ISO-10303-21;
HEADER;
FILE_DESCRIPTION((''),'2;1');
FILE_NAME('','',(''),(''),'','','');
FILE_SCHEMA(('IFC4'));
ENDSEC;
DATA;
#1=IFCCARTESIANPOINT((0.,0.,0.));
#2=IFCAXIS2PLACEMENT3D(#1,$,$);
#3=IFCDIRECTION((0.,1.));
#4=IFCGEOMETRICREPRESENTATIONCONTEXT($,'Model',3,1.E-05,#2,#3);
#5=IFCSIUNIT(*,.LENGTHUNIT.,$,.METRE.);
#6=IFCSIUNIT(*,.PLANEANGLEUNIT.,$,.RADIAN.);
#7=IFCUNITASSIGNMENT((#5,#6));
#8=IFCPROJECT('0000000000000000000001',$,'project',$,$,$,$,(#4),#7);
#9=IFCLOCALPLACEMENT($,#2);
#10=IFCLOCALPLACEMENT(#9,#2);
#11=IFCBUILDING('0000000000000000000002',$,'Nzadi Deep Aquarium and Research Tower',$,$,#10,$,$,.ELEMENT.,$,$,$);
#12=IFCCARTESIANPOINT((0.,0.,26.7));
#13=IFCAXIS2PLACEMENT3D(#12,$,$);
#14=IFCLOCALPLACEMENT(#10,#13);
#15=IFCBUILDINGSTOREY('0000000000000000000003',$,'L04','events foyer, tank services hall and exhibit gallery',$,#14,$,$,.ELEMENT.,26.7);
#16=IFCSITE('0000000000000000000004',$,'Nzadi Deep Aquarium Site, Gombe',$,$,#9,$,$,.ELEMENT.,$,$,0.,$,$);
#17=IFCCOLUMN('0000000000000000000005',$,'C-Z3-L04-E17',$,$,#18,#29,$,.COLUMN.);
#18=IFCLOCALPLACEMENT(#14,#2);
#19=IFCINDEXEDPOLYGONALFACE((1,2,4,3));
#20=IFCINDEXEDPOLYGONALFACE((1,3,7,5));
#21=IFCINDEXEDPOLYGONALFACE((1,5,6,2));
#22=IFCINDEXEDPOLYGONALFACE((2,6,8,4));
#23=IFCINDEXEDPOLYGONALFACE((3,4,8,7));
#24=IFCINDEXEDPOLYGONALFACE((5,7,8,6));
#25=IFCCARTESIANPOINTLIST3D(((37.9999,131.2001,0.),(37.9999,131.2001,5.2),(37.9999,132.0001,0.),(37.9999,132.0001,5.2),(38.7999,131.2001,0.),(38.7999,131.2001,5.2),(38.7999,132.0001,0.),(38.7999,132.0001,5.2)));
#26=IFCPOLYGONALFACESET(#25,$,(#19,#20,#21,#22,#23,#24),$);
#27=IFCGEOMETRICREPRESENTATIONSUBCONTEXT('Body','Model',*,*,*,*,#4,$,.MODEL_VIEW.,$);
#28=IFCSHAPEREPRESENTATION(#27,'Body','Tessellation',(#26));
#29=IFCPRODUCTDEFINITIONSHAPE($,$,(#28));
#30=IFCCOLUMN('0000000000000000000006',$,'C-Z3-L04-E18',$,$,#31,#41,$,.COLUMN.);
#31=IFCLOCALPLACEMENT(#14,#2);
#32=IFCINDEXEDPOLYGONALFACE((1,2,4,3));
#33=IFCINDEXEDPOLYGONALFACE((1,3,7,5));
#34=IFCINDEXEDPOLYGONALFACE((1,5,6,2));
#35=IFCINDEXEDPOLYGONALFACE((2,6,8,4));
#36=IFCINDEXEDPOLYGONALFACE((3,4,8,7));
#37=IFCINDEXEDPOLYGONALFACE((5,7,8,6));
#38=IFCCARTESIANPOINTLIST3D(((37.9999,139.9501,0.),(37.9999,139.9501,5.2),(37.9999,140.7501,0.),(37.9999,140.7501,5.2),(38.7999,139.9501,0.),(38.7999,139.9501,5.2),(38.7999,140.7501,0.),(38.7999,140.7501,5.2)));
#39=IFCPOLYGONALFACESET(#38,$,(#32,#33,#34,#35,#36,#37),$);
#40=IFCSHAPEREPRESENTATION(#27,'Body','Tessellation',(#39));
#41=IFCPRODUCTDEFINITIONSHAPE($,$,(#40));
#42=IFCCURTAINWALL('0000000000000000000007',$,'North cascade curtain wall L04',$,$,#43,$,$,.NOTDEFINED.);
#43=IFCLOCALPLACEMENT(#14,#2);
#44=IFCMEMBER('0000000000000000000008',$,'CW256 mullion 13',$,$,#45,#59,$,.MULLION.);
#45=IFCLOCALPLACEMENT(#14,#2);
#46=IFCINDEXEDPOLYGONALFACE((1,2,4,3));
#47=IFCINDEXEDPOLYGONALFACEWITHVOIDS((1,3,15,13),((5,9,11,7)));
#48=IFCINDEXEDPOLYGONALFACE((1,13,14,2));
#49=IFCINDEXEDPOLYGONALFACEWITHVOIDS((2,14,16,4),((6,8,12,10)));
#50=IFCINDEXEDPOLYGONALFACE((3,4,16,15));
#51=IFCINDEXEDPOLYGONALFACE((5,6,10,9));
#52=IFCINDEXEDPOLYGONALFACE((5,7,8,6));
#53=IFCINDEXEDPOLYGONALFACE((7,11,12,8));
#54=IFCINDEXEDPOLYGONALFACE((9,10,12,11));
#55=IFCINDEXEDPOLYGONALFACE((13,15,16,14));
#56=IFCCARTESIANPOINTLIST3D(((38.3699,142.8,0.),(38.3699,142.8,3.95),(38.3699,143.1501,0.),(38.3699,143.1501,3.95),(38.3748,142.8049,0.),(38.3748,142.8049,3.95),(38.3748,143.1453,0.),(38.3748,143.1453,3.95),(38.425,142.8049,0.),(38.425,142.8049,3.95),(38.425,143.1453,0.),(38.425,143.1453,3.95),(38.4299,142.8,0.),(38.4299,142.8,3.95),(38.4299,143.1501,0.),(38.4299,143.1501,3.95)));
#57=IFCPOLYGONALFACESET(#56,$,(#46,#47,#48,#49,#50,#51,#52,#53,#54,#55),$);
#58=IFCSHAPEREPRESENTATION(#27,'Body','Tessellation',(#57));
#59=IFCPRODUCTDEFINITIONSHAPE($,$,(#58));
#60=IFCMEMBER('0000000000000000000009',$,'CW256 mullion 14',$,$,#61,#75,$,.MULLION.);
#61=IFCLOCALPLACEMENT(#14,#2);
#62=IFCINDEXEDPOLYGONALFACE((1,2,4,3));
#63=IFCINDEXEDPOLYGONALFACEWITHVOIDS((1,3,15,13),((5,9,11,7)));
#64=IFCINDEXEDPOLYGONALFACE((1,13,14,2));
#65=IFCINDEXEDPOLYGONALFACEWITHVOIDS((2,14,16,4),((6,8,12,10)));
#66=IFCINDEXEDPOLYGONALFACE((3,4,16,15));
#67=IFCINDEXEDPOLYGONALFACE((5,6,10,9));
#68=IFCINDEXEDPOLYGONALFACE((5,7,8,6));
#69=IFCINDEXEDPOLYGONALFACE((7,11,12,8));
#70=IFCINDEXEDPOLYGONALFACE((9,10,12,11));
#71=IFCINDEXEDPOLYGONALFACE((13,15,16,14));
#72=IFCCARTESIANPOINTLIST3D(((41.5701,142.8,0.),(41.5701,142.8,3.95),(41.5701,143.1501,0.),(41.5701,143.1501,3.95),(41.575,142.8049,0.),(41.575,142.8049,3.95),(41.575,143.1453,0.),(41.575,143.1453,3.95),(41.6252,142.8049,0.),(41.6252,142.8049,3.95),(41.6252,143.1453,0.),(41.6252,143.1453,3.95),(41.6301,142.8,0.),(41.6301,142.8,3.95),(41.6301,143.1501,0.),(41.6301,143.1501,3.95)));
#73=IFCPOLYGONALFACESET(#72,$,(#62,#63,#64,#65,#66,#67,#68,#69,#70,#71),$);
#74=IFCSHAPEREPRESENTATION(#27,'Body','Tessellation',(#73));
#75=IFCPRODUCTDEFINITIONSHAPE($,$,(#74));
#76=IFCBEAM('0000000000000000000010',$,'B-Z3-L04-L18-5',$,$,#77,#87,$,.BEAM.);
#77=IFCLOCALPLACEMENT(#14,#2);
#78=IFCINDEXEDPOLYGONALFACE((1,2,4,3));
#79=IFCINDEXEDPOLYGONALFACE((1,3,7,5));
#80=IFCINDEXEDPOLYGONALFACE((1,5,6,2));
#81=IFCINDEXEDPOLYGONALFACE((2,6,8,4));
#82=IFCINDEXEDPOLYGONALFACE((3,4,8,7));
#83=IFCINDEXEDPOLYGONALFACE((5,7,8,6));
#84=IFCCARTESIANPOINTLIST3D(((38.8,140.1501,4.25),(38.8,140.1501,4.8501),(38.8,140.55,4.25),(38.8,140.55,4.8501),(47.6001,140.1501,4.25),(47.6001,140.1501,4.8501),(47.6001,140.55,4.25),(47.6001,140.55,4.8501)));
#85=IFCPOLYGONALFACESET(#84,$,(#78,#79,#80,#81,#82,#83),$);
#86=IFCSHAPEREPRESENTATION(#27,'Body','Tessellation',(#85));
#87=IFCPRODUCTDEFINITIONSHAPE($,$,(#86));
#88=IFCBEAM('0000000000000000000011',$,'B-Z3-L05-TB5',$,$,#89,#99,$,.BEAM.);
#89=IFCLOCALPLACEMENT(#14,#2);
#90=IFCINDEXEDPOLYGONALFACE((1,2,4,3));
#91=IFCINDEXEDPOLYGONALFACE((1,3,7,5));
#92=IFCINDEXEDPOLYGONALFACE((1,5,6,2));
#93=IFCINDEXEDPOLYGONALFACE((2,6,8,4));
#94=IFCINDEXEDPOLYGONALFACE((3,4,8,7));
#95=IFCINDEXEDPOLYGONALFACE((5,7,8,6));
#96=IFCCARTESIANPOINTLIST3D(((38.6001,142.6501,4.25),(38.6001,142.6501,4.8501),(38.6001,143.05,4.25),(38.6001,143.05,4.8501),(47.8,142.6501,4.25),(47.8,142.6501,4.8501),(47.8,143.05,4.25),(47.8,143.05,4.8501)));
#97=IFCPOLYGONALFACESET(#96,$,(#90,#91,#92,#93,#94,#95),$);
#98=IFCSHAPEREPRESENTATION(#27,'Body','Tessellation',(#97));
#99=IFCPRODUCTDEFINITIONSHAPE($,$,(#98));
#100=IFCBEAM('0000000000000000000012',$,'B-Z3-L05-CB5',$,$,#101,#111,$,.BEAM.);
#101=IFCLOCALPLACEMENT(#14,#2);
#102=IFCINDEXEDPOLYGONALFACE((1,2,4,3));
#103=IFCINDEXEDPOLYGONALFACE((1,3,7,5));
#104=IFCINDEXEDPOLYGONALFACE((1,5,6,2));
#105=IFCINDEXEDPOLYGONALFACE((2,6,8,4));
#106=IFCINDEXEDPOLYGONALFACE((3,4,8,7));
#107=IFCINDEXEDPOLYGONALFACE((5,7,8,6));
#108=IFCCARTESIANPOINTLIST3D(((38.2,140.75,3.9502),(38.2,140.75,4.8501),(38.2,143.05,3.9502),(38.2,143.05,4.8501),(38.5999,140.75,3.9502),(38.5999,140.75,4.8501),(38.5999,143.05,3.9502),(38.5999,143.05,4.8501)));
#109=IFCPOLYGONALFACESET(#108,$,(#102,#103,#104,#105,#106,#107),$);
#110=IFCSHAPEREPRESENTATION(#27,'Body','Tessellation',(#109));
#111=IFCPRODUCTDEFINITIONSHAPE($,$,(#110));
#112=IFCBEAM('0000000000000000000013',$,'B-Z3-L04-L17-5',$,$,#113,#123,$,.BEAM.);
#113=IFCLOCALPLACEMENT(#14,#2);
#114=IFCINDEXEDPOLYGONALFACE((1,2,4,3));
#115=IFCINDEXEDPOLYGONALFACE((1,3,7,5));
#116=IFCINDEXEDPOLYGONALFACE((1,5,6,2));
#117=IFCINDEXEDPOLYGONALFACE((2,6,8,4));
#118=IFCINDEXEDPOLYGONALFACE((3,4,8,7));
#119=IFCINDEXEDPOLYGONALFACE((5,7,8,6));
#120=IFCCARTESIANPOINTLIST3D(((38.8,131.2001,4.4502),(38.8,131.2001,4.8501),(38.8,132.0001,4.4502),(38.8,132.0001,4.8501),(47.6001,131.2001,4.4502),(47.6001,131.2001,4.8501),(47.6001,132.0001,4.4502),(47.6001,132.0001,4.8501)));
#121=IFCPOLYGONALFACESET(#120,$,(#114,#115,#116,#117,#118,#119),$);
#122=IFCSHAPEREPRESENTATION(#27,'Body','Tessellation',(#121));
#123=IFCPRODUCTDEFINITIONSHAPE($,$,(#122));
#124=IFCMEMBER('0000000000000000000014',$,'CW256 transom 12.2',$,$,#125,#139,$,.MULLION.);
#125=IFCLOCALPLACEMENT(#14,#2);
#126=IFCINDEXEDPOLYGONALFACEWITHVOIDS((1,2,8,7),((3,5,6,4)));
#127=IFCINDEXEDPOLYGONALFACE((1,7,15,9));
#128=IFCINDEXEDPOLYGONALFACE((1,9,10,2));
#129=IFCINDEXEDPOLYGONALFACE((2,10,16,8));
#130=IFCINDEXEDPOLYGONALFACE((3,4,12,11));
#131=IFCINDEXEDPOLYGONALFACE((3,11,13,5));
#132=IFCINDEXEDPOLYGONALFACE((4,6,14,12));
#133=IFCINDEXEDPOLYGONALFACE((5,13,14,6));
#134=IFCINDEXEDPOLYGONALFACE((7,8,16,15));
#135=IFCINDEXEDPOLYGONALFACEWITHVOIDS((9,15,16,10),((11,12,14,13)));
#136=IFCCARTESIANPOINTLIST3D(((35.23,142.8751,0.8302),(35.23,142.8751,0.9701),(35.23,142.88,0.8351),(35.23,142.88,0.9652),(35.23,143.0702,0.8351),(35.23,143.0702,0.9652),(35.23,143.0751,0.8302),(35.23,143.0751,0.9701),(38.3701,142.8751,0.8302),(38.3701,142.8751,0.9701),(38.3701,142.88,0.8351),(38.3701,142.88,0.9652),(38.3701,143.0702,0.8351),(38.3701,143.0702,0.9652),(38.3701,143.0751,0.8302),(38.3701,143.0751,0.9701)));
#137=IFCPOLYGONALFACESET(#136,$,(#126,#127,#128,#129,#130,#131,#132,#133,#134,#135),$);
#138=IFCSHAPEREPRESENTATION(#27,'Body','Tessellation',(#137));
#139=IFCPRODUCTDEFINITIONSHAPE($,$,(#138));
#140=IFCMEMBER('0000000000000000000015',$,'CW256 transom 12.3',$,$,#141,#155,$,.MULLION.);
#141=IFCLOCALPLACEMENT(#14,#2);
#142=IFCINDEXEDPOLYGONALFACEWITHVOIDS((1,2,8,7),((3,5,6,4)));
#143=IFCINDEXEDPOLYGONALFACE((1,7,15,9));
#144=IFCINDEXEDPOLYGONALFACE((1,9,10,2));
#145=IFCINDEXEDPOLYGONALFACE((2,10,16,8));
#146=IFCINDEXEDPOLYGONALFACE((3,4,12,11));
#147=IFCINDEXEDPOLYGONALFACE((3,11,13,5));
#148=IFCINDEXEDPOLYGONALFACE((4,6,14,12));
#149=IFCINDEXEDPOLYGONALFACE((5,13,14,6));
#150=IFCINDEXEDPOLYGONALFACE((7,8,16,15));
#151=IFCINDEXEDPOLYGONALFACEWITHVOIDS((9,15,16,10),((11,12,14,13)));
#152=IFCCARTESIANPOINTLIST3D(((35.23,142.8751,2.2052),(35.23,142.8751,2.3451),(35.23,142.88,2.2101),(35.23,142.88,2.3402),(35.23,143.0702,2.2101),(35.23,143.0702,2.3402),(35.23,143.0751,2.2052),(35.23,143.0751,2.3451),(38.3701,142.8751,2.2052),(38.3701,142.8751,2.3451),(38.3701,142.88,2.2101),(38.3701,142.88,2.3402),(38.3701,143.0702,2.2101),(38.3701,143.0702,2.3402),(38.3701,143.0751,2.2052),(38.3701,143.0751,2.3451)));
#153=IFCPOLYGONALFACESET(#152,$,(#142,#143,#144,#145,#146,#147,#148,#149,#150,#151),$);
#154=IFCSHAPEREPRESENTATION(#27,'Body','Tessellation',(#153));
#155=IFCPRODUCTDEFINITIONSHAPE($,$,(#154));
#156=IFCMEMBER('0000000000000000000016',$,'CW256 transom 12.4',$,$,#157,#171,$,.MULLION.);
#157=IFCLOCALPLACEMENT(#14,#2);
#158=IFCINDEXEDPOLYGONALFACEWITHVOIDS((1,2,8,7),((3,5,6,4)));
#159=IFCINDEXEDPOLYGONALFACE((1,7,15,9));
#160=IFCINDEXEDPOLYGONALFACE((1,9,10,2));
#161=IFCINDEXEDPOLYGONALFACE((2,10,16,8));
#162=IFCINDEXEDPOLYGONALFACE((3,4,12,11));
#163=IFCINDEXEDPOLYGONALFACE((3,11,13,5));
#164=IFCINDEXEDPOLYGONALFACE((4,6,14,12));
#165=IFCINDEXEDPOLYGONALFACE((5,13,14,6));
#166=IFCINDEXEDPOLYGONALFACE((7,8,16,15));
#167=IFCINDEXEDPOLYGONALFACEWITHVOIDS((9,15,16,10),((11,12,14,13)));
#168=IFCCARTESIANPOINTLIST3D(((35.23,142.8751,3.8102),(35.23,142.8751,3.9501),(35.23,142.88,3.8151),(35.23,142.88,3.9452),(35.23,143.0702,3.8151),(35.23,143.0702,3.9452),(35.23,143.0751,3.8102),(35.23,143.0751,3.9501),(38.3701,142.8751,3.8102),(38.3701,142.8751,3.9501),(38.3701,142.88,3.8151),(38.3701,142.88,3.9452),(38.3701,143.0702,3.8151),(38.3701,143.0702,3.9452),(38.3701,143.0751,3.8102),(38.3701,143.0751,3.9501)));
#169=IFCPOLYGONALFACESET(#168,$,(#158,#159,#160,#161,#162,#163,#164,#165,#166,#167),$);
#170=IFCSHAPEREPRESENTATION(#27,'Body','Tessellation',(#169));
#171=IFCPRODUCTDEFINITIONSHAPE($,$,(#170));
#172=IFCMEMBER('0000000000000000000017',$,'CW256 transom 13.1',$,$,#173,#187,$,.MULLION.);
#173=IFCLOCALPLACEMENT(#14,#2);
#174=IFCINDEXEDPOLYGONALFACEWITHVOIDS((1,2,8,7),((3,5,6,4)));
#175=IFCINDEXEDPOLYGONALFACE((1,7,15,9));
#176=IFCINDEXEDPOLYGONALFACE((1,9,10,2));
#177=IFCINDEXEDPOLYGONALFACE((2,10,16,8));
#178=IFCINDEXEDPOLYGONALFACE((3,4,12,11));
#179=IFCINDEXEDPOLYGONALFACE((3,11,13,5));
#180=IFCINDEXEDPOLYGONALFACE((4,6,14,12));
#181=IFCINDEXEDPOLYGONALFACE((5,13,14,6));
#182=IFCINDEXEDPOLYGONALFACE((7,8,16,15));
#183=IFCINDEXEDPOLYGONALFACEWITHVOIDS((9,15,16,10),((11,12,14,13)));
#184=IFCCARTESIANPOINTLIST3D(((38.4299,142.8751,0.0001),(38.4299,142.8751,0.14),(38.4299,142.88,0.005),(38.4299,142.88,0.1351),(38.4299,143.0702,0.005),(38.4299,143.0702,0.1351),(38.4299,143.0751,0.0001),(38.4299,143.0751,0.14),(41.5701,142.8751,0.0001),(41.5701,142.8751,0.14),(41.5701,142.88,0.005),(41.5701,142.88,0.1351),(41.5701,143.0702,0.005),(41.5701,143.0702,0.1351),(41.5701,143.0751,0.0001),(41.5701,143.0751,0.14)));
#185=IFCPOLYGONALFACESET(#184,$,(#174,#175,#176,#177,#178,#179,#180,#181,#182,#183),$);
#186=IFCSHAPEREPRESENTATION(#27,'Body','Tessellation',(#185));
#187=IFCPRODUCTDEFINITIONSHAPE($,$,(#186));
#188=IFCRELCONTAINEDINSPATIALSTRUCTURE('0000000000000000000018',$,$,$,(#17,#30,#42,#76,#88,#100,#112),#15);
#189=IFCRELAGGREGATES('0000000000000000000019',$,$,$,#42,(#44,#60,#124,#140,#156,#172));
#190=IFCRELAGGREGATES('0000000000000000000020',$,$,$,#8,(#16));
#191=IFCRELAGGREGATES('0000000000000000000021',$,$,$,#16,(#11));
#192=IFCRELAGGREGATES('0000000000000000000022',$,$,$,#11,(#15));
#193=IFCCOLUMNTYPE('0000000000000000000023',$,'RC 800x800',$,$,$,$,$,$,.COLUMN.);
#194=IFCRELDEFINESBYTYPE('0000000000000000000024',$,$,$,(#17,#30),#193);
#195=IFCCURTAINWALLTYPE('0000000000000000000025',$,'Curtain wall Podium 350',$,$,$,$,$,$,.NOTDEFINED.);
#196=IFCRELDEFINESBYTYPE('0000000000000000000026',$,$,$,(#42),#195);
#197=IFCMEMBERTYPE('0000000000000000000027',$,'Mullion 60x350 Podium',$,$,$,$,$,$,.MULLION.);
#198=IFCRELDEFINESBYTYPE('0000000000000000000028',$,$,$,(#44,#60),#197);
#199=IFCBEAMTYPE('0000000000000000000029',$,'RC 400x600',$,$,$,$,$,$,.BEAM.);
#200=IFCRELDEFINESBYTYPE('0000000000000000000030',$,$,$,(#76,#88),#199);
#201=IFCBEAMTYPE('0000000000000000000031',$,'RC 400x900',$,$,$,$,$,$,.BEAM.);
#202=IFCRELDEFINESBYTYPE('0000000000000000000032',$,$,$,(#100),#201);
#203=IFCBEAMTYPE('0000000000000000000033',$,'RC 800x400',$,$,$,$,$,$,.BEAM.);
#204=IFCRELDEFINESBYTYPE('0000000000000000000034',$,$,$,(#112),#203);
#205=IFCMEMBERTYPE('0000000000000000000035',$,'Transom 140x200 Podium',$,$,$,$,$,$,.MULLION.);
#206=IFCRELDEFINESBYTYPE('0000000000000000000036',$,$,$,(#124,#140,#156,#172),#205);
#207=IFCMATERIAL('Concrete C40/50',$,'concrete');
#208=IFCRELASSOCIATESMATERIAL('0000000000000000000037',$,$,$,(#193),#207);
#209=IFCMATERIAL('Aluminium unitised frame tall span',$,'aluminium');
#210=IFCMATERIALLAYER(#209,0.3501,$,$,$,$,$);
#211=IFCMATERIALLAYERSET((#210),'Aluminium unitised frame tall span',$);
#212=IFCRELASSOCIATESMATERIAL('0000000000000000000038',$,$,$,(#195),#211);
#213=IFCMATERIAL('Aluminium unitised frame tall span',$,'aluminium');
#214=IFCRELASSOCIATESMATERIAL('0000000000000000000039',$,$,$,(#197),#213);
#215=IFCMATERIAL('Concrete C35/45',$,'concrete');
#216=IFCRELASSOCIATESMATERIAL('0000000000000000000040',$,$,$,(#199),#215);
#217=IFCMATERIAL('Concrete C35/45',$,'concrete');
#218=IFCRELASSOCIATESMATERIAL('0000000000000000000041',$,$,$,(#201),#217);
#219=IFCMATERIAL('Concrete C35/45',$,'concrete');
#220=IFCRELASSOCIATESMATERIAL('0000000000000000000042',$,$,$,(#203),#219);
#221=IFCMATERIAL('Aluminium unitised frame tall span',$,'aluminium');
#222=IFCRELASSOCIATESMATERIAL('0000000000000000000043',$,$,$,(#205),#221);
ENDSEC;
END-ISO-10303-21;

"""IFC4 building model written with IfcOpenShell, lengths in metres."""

from ifc_helpers import new_model, si_unit, direction, frame, origin, origin_2d, place, context, subcontext, project, spatial, rectangle, hollow_rectangle, extrude, material, layer, layer_set, material_profile, profile_set, type_object, element, aggregate, save


model = new_model("IFC4")

# Units and contexts
model_context = context("Model", 3, precision=1e-05, world=origin(), true_north=direction((0.0, 1.0)))
body_context = subcontext(model_context, "Body", "Model", "MODEL_VIEW")
ifc_project = project(units=[si_unit("LENGTHUNIT", "METRE"), si_unit("PLANEANGLEUNIT", "RADIAN")], contexts=[model_context])

# Site, building, storey
site_placement = place(None, origin())
site = spatial("IfcSite", under=ifc_project, at=site_placement, Name="Nzadi Deep Aquarium Site, Gombe", CompositionType="ELEMENT", RefElevation=0.0)
building_placement = place(site_placement, origin())
building = spatial("IfcBuilding", under=site, at=building_placement, Name="Nzadi Deep Aquarium and Research Tower", CompositionType="ELEMENT")
storey_placement = place(building_placement, frame((0.0, 0.0, 26.7)))
storey = spatial("IfcBuildingStorey", under=building, at=storey_placement, Name="L04", Description="events foyer, tank services hall and exhibit gallery", CompositionType="ELEMENT", Elevation=26.7)

# Columns
ifc_material_1 = material(Name="Concrete C40/50", Category="concrete")
ifc_material_profile_1 = material_profile(ifc_material_1, rectangle(XDim=0.8, YDim=0.8, at=origin_2d()))
ifc_profile_set_1 = profile_set([ifc_material_profile_1], Name="Concrete C40/50")
column_type = type_object("IfcColumnType", Name="RC 800x800", PredefinedType="COLUMN", material=ifc_profile_set_1)
for number, where, z_axis, x_axis, name in (
    (1, (38.3999, 131.6001, 0.0), (0.0, 0.0, 1.0), (1.0, 0.0, 0.0), "C-Z3-L04-E17"),
    (2, (38.3999, 140.3501, 0.0), (0.0, 0.0, 1.0), (1.0, 0.0, 0.0), "C-Z3-L04-E18"),
):
    element("IfcColumn", number, at=place(storey_placement, frame(where, z_axis=z_axis, x_axis=x_axis)), inside=storey, type_object=column_type, Name=name, PredefinedType="COLUMN", context=body_context, shape_type="SweptSolid", body=[
        extrude(rectangle(XDim=0.8, YDim=0.8, at=origin_2d()), origin(), (0.0, 0.0, 1.0), 5.2),
    ])

# Curtain wall, members
ifc_material_2 = material(Name="Aluminium unitised frame tall span", Category="aluminium")
ifc_layer_1 = layer(ifc_material_2, 0.3501)
ifc_layer_set_1 = layer_set([ifc_layer_1], Name="Aluminium unitised frame tall span")
curtain_wall_type = type_object("IfcCurtainWallType", Name="Curtain wall Podium 350", PredefinedType="NOTDEFINED", material=ifc_layer_set_1)
curtain_wall_placement = place(storey_placement, origin())
curtain_wall = element("IfcCurtainWall", 3, at=curtain_wall_placement, inside=storey, type_object=curtain_wall_type, Name="North cascade curtain wall L04", PredefinedType="NOTDEFINED")
ifc_material_3 = material(Name="Aluminium unitised frame tall span", Category="aluminium")
ifc_material_profile_2 = material_profile(ifc_material_3, hollow_rectangle(XDim=0.3501, YDim=0.0601, WallThickness=0.0049, at=origin_2d()))
ifc_profile_set_2 = profile_set([ifc_material_profile_2], Name="Aluminium unitised frame tall span")
member_type_1 = type_object("IfcMemberType", Name="Mullion 60x350 Podium", PredefinedType="MULLION", material=ifc_profile_set_2)
member_1_placement = place(storey_placement, frame((38.3999, 142.9751, 0.0), z_axis=(0.0, 0.0, 1.0), x_axis=(0.0, 1.0, 0.0)))
member_1 = element("IfcMember", 4, at=member_1_placement, type_object=member_type_1, Name="CW256 mullion 13", PredefinedType="MULLION", context=body_context, shape_type="SweptSolid", body=[
    extrude(hollow_rectangle(XDim=0.3501, YDim=0.0601, WallThickness=0.0049, at=origin_2d()), origin(), (0.0, 0.0, 1.0), 3.95),
])
member_2_placement = place(storey_placement, frame((41.6001, 142.9751, 0.0), z_axis=(0.0, 0.0, 1.0), x_axis=(0.0, 1.0, 0.0)))
member_2 = element("IfcMember", 5, at=member_2_placement, type_object=member_type_1, Name="CW256 mullion 14", PredefinedType="MULLION", context=body_context, shape_type="SweptSolid", body=[
    extrude(hollow_rectangle(XDim=0.3501, YDim=0.0601, WallThickness=0.0049, at=origin_2d()), origin(), (0.0, 0.0, 1.0), 3.95),
])

# Beams
ifc_material_4 = material(Name="Concrete C35/45", Category="concrete")
ifc_material_profile_3 = material_profile(ifc_material_4, rectangle(XDim=0.3999, YDim=0.6001, at=origin_2d()))
ifc_profile_set_3 = profile_set([ifc_material_profile_3], Name="Concrete C35/45")
beam_type_1 = type_object("IfcBeamType", Name="RC 400x600", PredefinedType="BEAM", material=ifc_profile_set_3)
beam_1_placement = place(storey_placement, frame((38.8, 140.3501, 4.55), z_axis=(1.0, 0.0, 0.0), x_axis=(0.0, 1.0, 0.0)))
element("IfcBeam", 6, at=beam_1_placement, inside=storey, type_object=beam_type_1, Name="B-Z3-L04-L18-5", PredefinedType="BEAM", context=body_context, shape_type="SweptSolid", body=[
    extrude(rectangle(XDim=0.3999, YDim=0.6001, at=origin_2d()), origin(), (0.0, 0.0, 1.0), 8.8),
])
beam_2_placement = place(storey_placement, frame((38.6001, 142.8501, 4.55), z_axis=(1.0, 0.0, 0.0), x_axis=(0.0, 1.0, 0.0)))
element("IfcBeam", 7, at=beam_2_placement, inside=storey, type_object=beam_type_1, Name="B-Z3-L05-TB5", PredefinedType="BEAM", context=body_context, shape_type="SweptSolid", body=[
    extrude(rectangle(XDim=0.3999, YDim=0.6001, at=origin_2d()), origin(), (0.0, 0.0, 1.0), 9.2),
])
ifc_material_5 = material(Name="Concrete C35/45", Category="concrete")
ifc_material_profile_4 = material_profile(ifc_material_5, rectangle(XDim=0.3999, YDim=0.8999, at=origin_2d()))
ifc_profile_set_4 = profile_set([ifc_material_profile_4], Name="Concrete C35/45")
beam_type_2 = type_object("IfcBeamType", Name="RC 400x900", PredefinedType="BEAM", material=ifc_profile_set_4)
beam_3_placement = place(storey_placement, frame((38.3999, 140.75, 4.4001), z_axis=(0.0, 1.0, 0.0), x_axis=(-1.0, 0.0, 0.0)))
element("IfcBeam", 8, at=beam_3_placement, inside=storey, type_object=beam_type_2, Name="B-Z3-L05-CB5", PredefinedType="BEAM", context=body_context, shape_type="SweptSolid", body=[
    extrude(rectangle(XDim=0.3999, YDim=0.8999, at=origin_2d()), origin(), (0.0, 0.0, 1.0), 2.3),
])
ifc_material_6 = material(Name="Concrete C35/45", Category="concrete")
ifc_material_profile_5 = material_profile(ifc_material_6, rectangle(XDim=0.8, YDim=0.3999, at=origin_2d()))
ifc_profile_set_5 = profile_set([ifc_material_profile_5], Name="Concrete C35/45")
beam_type_3 = type_object("IfcBeamType", Name="RC 800x400", PredefinedType="BEAM", material=ifc_profile_set_5)
beam_4_placement = place(storey_placement, frame((38.8, 131.6001, 4.6501), z_axis=(1.0, 0.0, 0.0), x_axis=(0.0, 1.0, 0.0)))
element("IfcBeam", 9, at=beam_4_placement, inside=storey, type_object=beam_type_3, Name="B-Z3-L04-L17-5", PredefinedType="BEAM", context=body_context, shape_type="SweptSolid", body=[
    extrude(rectangle(XDim=0.8, YDim=0.3999, at=origin_2d()), origin(), (0.0, 0.0, 1.0), 8.8),
])

# Members
ifc_material_7 = material(Name="Aluminium unitised frame tall span", Category="aluminium")
ifc_material_profile_6 = material_profile(ifc_material_7, hollow_rectangle(XDim=0.2, YDim=0.1399, WallThickness=0.0049, at=origin_2d()))
ifc_profile_set_6 = profile_set([ifc_material_profile_6], Name="Aluminium unitised frame tall span")
member_type_2 = type_object("IfcMemberType", Name="Transom 140x200 Podium", PredefinedType="MULLION", material=ifc_profile_set_6)
member_3_placement = place(storey_placement, frame((35.23, 142.9751, 0.9001), z_axis=(1.0, 0.0, 0.0), x_axis=(0.0, 1.0, 0.0)))
member_3 = element("IfcMember", 10, at=member_3_placement, type_object=member_type_2, Name="CW256 transom 12.2", PredefinedType="MULLION", context=body_context, shape_type="SweptSolid", body=[
    extrude(hollow_rectangle(XDim=0.2, YDim=0.1399, WallThickness=0.0049, at=origin_2d()), origin(), (0.0, 0.0, 1.0), 3.1401),
])
member_4_placement = place(storey_placement, frame((35.23, 142.9751, 2.2751), z_axis=(1.0, 0.0, 0.0), x_axis=(0.0, 1.0, 0.0)))
member_4 = element("IfcMember", 11, at=member_4_placement, type_object=member_type_2, Name="CW256 transom 12.3", PredefinedType="MULLION", context=body_context, shape_type="SweptSolid", body=[
    extrude(hollow_rectangle(XDim=0.2, YDim=0.1399, WallThickness=0.0049, at=origin_2d()), origin(), (0.0, 0.0, 1.0), 3.1401),
])
member_5_placement = place(storey_placement, frame((35.23, 142.9751, 3.8801), z_axis=(1.0, 0.0, 0.0), x_axis=(0.0, 1.0, 0.0)))
member_5 = element("IfcMember", 12, at=member_5_placement, type_object=member_type_2, Name="CW256 transom 12.4", PredefinedType="MULLION", context=body_context, shape_type="SweptSolid", body=[
    extrude(hollow_rectangle(XDim=0.2, YDim=0.1399, WallThickness=0.0049, at=origin_2d()), origin(), (0.0, 0.0, 1.0), 3.1401),
])
member_6_placement = place(storey_placement, frame((38.4299, 142.9751, 0.0701), z_axis=(1.0, 0.0, 0.0), x_axis=(0.0, 1.0, 0.0)))
member_6 = element("IfcMember", 13, at=member_6_placement, type_object=member_type_2, Name="CW256 transom 13.1", PredefinedType="MULLION", context=body_context, shape_type="SweptSolid", body=[
    extrude(hollow_rectangle(XDim=0.2, YDim=0.1399, WallThickness=0.0049, at=origin_2d()), origin(), (0.0, 0.0, 1.0), 3.1401),
])

aggregate(curtain_wall, [member_1, member_2, member_3, member_4, member_5, member_6])

save(model, "model.ifc")
